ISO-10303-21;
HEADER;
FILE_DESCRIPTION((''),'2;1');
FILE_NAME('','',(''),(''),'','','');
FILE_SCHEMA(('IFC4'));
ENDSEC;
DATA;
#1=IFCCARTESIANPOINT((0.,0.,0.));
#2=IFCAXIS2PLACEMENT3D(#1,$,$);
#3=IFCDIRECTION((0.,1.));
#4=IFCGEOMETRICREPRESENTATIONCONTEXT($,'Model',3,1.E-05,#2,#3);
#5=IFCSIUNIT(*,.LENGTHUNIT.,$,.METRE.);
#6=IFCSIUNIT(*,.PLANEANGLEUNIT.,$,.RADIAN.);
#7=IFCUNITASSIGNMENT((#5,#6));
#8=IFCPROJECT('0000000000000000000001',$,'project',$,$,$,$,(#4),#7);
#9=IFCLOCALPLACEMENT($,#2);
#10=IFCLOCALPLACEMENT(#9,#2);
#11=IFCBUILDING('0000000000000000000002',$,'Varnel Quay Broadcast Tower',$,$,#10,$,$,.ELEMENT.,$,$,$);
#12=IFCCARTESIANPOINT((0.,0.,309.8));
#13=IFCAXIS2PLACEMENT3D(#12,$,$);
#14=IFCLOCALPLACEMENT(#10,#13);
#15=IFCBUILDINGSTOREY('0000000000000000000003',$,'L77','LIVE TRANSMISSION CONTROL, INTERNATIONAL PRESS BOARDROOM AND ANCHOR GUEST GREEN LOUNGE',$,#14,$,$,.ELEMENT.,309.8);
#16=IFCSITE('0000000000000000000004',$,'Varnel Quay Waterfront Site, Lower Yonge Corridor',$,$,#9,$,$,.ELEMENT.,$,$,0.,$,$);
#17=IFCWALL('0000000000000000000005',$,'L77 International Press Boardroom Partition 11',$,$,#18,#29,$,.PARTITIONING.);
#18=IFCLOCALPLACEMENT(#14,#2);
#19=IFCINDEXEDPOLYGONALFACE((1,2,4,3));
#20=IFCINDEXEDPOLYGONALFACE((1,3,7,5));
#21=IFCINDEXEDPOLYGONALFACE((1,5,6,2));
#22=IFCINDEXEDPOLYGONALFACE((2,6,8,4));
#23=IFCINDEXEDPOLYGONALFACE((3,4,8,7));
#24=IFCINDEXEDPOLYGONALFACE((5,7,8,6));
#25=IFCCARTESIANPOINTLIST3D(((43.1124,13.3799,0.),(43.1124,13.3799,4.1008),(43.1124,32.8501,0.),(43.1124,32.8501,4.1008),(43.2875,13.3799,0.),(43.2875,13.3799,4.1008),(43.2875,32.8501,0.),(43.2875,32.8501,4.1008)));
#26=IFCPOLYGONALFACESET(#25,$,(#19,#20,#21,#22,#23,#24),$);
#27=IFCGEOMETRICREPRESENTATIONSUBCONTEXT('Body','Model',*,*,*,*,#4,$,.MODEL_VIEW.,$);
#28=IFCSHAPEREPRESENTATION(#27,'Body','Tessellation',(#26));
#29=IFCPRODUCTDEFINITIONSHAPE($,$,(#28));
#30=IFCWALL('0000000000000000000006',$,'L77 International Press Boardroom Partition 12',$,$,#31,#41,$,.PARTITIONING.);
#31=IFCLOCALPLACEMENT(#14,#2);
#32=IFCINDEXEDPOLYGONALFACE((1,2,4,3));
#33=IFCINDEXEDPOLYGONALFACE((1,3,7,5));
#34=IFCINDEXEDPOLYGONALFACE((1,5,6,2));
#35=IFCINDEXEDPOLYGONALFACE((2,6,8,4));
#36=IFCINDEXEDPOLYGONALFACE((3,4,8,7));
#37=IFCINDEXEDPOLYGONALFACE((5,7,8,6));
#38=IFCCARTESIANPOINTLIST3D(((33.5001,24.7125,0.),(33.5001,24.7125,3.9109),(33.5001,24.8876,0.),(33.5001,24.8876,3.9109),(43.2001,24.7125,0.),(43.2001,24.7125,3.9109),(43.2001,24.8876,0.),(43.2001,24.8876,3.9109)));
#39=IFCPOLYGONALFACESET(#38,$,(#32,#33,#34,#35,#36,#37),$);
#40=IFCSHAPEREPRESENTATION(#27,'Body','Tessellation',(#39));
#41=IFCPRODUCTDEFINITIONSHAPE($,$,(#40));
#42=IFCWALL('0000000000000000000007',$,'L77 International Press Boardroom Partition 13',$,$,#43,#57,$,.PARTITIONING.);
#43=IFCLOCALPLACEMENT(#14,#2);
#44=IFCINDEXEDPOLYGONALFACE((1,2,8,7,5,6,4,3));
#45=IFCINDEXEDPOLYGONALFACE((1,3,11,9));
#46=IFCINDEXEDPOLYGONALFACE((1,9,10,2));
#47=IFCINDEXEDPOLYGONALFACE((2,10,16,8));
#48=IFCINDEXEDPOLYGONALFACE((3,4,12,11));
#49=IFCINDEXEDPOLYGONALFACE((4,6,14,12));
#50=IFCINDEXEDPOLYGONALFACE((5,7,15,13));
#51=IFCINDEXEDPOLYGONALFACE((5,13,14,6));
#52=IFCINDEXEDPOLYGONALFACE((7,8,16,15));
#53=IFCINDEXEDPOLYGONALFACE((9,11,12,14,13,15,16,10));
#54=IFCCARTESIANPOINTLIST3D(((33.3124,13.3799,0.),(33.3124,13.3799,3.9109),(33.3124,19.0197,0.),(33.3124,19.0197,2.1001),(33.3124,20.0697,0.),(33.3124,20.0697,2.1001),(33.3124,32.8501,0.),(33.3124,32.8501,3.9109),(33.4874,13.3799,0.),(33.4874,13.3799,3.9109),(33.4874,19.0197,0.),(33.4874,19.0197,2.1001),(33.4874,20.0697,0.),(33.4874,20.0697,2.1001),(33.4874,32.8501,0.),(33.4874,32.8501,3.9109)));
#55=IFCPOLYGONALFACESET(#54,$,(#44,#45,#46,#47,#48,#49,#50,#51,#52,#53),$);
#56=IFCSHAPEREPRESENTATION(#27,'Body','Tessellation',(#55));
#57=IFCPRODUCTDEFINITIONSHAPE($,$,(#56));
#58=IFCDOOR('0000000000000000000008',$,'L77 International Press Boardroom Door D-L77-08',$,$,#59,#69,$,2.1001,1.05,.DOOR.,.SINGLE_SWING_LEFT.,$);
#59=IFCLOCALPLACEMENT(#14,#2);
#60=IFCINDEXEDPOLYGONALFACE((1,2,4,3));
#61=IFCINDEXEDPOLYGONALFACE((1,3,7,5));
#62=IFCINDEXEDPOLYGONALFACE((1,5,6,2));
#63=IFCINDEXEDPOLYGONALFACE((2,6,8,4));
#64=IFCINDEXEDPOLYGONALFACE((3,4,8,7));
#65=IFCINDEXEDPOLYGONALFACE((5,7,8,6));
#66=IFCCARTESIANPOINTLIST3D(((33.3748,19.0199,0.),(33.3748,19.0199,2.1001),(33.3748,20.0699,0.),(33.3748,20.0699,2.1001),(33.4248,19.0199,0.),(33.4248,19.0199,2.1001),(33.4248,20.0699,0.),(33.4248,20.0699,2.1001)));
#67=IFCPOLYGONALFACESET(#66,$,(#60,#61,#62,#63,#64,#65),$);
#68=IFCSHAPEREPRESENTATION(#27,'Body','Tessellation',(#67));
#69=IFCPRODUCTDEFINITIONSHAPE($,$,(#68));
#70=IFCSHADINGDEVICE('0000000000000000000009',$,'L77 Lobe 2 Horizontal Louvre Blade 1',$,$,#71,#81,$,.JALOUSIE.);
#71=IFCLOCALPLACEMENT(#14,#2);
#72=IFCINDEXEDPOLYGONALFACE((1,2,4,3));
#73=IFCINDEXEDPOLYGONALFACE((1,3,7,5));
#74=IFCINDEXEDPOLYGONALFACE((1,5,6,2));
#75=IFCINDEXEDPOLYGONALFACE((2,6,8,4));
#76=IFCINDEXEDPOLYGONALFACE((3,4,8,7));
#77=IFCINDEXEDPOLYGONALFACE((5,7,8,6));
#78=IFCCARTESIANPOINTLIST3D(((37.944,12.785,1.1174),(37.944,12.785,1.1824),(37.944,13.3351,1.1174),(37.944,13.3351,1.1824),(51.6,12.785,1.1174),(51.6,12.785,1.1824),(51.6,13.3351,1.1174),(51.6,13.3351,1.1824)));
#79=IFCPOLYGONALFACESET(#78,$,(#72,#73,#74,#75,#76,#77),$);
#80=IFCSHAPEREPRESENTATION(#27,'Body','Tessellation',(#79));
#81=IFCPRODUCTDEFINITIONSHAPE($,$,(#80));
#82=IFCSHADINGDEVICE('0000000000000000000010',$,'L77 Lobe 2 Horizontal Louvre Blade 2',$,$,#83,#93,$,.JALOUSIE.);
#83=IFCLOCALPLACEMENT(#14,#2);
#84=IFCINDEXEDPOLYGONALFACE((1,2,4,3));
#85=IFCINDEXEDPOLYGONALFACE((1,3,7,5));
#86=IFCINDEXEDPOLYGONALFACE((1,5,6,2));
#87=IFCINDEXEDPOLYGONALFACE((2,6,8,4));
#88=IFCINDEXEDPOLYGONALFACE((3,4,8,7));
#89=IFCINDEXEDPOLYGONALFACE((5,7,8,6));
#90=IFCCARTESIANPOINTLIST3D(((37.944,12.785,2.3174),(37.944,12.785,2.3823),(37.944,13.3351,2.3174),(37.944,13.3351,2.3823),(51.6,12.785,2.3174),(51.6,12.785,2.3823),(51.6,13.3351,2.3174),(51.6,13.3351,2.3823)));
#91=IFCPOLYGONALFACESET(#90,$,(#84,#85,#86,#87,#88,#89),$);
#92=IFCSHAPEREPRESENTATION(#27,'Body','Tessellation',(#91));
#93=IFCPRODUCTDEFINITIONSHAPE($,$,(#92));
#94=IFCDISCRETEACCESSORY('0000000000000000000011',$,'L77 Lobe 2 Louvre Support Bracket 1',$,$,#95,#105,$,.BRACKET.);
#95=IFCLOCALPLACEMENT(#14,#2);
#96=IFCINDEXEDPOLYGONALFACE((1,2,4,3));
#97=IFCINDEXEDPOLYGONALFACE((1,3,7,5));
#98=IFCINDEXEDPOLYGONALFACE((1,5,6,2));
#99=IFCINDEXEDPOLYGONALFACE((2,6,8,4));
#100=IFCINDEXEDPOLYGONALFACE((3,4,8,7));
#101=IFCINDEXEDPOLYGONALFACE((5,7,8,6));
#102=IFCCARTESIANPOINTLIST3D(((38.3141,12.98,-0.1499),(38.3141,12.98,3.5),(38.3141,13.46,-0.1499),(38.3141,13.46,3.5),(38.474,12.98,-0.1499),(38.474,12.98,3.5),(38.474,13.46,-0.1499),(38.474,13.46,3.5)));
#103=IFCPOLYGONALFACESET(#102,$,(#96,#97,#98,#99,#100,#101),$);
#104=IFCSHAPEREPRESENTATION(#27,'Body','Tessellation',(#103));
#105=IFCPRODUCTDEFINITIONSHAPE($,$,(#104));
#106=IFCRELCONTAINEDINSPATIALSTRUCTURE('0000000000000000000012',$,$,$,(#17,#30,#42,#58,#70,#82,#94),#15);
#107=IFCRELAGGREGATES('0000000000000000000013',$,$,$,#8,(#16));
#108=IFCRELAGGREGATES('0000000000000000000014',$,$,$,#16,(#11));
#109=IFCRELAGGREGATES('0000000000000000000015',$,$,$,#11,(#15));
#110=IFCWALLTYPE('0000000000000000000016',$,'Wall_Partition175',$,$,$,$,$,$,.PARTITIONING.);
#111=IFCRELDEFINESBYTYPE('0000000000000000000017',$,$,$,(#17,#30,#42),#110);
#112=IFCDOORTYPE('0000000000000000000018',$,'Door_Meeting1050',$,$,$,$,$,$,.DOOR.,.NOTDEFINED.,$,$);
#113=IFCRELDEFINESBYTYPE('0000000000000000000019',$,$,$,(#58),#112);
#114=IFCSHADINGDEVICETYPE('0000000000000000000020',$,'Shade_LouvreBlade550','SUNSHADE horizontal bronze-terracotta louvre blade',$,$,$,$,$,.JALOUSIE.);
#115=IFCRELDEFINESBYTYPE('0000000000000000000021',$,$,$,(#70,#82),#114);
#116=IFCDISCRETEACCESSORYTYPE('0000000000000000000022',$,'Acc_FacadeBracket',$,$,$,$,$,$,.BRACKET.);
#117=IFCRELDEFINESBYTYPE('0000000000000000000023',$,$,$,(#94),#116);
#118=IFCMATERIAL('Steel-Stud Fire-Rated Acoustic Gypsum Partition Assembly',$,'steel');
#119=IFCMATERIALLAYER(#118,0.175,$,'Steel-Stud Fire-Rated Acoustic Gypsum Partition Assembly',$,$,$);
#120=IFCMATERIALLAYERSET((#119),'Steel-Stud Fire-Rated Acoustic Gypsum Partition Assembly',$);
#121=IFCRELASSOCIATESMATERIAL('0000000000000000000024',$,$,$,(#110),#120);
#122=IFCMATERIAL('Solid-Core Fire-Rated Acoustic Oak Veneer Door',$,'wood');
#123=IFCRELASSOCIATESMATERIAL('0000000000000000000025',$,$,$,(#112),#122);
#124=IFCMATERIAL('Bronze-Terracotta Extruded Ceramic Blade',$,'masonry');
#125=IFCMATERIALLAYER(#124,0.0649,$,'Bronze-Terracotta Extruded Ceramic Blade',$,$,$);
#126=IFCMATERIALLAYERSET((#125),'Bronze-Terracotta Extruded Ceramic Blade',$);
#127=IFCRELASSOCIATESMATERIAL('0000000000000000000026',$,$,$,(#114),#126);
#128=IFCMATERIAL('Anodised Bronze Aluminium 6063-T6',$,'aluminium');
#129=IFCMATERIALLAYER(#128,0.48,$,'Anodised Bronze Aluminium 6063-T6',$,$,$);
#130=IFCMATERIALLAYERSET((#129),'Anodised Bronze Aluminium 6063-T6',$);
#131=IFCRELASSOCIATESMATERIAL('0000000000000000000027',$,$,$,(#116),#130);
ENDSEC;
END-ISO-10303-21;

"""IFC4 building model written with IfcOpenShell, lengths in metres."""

from ifc_helpers import new_model, si_unit, direction, frame, frame_2d, origin, origin_2d, place, context, subcontext, project, spatial, rectangle, extrude, source, transform, mapped, material, layer, layer_set, type_object, type_shapes, element, fill, save


model = new_model("IFC4")

# Units and contexts
model_context = context("Model", 3, precision=1e-05, world=origin(), true_north=direction((0.0, 1.0)))
body_context = subcontext(model_context, "Body", "Model", "MODEL_VIEW")
ifc_project = project(units=[si_unit("LENGTHUNIT", "METRE"), si_unit("PLANEANGLEUNIT", "RADIAN")], contexts=[model_context])

# Site, building, storey
site_placement = place(None, origin())
site = spatial("IfcSite", under=ifc_project, at=site_placement, Name="Varnel Quay Waterfront Site, Lower Yonge Corridor", CompositionType="ELEMENT", RefElevation=0.0)
building_placement = place(site_placement, origin())
building = spatial("IfcBuilding", under=site, at=building_placement, Name="Varnel Quay Broadcast Tower", CompositionType="ELEMENT")
storey_placement = place(building_placement, frame((0.0, 0.0, 309.8)))
storey = spatial("IfcBuildingStorey", under=building, at=storey_placement, Name="L77", Description="LIVE TRANSMISSION CONTROL, INTERNATIONAL PRESS BOARDROOM AND ANCHOR GUEST GREEN LOUNGE", CompositionType="ELEMENT", Elevation=309.8)

# Shared definitions
ifc_material_1 = material(Name="Anodised Bronze Aluminium 6063-T6", Category="aluminium")

# Walls
ifc_material_2 = material(Name="Steel-Stud Fire-Rated Acoustic Gypsum Partition Assembly", Category="steel")
ifc_layer_1 = layer(ifc_material_2, 0.175, Name="Steel-Stud Fire-Rated Acoustic Gypsum Partition Assembly")
ifc_layer_set_1 = layer_set([ifc_layer_1], Name="Steel-Stud Fire-Rated Acoustic Gypsum Partition Assembly")
wall_type = type_object("IfcWallType", Name="Wall_Partition175", PredefinedType="PARTITIONING", material=ifc_layer_set_1)
wall_1_placement = place(storey_placement, frame((43.2, 13.3799, 0.0), z_axis=(0.0, 0.0, 1.0), x_axis=(0.0, 1.0, 0.0)))
element("IfcWall", 1, at=wall_1_placement, inside=storey, type_object=wall_type, Name="L77 International Press Boardroom Partition 11", PredefinedType="PARTITIONING", context=body_context, shape_type="SweptSolid", body=[
    extrude(rectangle(XDim=19.4702, YDim=0.175, at=frame_2d((9.7351, 0.0))), origin(), (0.0, 0.0, 1.0), 4.1008),
])
wall_2_placement = place(storey_placement, frame((33.5, 24.8, 0.0), z_axis=(0.0, 0.0, 1.0), x_axis=(1.0, 0.0, 0.0)))
element("IfcWall", 2, at=wall_2_placement, inside=storey, type_object=wall_type, Name="L77 International Press Boardroom Partition 12", PredefinedType="PARTITIONING", context=body_context, shape_type="SweptSolid", body=[
    extrude(rectangle(XDim=9.7, YDim=0.175, at=frame_2d((4.8501, 0.0))), origin(), (0.0, 0.0, 1.0), 3.9109),
])

# Wall, opening, door
wall_3_placement = place(storey_placement, frame((33.3999, 13.3799, 0.0), z_axis=(0.0, 0.0, 1.0), x_axis=(0.0, 1.0, 0.0)))
wall_3 = element("IfcWall", 3, at=wall_3_placement, inside=storey, type_object=wall_type, Name="L77 International Press Boardroom Partition 13", PredefinedType="PARTITIONING", context=body_context, shape_type="SweptSolid", body=[
    extrude(rectangle(XDim=19.4702, YDim=0.175, at=frame_2d((9.7351, 0.0))), origin(), (0.0, 0.0, 1.0), 3.9109),
])
opening_placement = place(wall_3_placement, frame((5.6399, 0.0, 0.0)))
opening = element("IfcOpeningElement", 4, at=opening_placement, cuts=wall_3, PredefinedType="OPENING", context=body_context, shape_type="SweptSolid", body=[
    extrude(rectangle(XDim=1.05, YDim=2.1001, at=frame_2d((0.5249, 1.05))), frame((0.0, 0.0977, 0.0), z_axis=(0.0, -1.0, 0.0), x_axis=(1.0, 0.0, 0.0)), (0.0, 0.0, 1.0), 0.1951),
])
ifc_material_3 = material(Name="Solid-Core Fire-Rated Acoustic Oak Veneer Door", Category="wood")
door_type = type_object("IfcDoorType", Name="Door_Meeting1050", OperationType="NOTDEFINED", PredefinedType="DOOR", material=ifc_material_3)
shared_shape_1 = source(origin(), body_context, "Body", "SweptSolid", [
    extrude(rectangle(XDim=1.05, YDim=2.1001, at=frame_2d((0.5249, 1.05))), frame((0.0, 0.0249, 0.0), z_axis=(0.0, -1.0, 0.0), x_axis=(1.0, 0.0, 0.0)), (0.0, 0.0, 1.0), 0.05),
])
type_shapes(door_type, [shared_shape_1])
door_placement = place(opening_placement, frame((1.05, 0.0, 0.0), z_axis=(0.0, 0.0, 1.0), x_axis=(-1.0, 0.0, 0.0)))
door = element("IfcDoor", 5, at=door_placement, inside=storey, type_object=door_type, Name="L77 International Press Boardroom Door D-L77-08", OperationType="SINGLE_SWING_LEFT", OverallHeight=2.1001, OverallWidth=1.05, PredefinedType="DOOR", context=body_context, shape_type="MappedRepresentation", body=[
    mapped(shared_shape_1, transform((0.0, 0.0, 0.0), x_axis=(1.0, 0.0, 0.0), y_axis=(0.0, 1.0, 0.0), z_axis=(0.0, 0.0, 1.0), scale=1.0)),
])
fill(opening, door)

# Shading devices
ifc_material_4 = material(Name="Bronze-Terracotta Extruded Ceramic Blade", Category="masonry")
ifc_layer_2 = layer(ifc_material_4, 0.0649, Name="Bronze-Terracotta Extruded Ceramic Blade")
ifc_layer_set_2 = layer_set([ifc_layer_2], Name="Bronze-Terracotta Extruded Ceramic Blade")
shading_device_type = type_object("IfcShadingDeviceType", Name="Shade_LouvreBlade550", Description="SUNSHADE horizontal bronze-terracotta louvre blade", PredefinedType="JALOUSIE", material=ifc_layer_set_2)
shared_shape_2 = source(origin(), body_context, "Body", "SweptSolid", [
    extrude(rectangle(XDim=13.656, YDim=0.55, at=origin_2d()), origin(), (0.0, 0.0, 1.0), 0.0649),
])
type_shapes(shading_device_type, [shared_shape_2])
for number, where, z_axis, x_axis, name in (
    (6, (44.772, 13.0601, 1.1174), (0.0, 0.0, 1.0), (1.0, 0.0, 0.0), "L77 Lobe 2 Horizontal Louvre Blade 1"),
    (7, (44.772, 13.0601, 2.3174), (0.0, 0.0, 1.0), (1.0, 0.0, 0.0), "L77 Lobe 2 Horizontal Louvre Blade 2"),
):
    element("IfcShadingDevice", number, at=place(storey_placement, frame(where, z_axis=z_axis, x_axis=x_axis)), inside=storey, type_object=shading_device_type, Name=name, PredefinedType="JALOUSIE", context=body_context, shape_type="MappedRepresentation", body=[
        mapped(shared_shape_2, transform((0.0, 0.0, 0.0), x_axis=(1.0, 0.0, 0.0), y_axis=(0.0, 1.0, 0.0), z_axis=(0.0, 0.0, 1.0), scale=1.0)),
    ])

# Discrete accessory
ifc_layer_3 = layer(ifc_material_1, 0.48, Name="Anodised Bronze Aluminium 6063-T6")
ifc_layer_set_3 = layer_set([ifc_layer_3], Name="Anodised Bronze Aluminium 6063-T6")
discrete_accessory_type = type_object("IfcDiscreteAccessoryType", Name="Acc_FacadeBracket", PredefinedType="BRACKET", material=ifc_layer_set_3)
shared_shape_3 = source(origin(), body_context, "Body", "SweptSolid", [
    extrude(rectangle(XDim=0.1599, YDim=0.48, at=origin_2d()), origin(), (0.0, 0.0, 1.0), 3.6499),
])
type_shapes(discrete_accessory_type, [shared_shape_3])
discrete_accessory_placement = place(storey_placement, frame((38.394, 13.22, -0.1499), z_axis=(0.0, 0.0, 1.0), x_axis=(1.0, 0.0, 0.0)))
element("IfcDiscreteAccessory", 8, at=discrete_accessory_placement, inside=storey, type_object=discrete_accessory_type, Name="L77 Lobe 2 Louvre Support Bracket 1", PredefinedType="BRACKET", context=body_context, shape_type="MappedRepresentation", body=[
    mapped(shared_shape_3, transform((0.0, 0.0, 0.0), x_axis=(1.0, 0.0, 0.0), y_axis=(0.0, 1.0, 0.0), z_axis=(0.0, 0.0, 1.0), scale=1.0)),
])

save(model, "model.ifc")
